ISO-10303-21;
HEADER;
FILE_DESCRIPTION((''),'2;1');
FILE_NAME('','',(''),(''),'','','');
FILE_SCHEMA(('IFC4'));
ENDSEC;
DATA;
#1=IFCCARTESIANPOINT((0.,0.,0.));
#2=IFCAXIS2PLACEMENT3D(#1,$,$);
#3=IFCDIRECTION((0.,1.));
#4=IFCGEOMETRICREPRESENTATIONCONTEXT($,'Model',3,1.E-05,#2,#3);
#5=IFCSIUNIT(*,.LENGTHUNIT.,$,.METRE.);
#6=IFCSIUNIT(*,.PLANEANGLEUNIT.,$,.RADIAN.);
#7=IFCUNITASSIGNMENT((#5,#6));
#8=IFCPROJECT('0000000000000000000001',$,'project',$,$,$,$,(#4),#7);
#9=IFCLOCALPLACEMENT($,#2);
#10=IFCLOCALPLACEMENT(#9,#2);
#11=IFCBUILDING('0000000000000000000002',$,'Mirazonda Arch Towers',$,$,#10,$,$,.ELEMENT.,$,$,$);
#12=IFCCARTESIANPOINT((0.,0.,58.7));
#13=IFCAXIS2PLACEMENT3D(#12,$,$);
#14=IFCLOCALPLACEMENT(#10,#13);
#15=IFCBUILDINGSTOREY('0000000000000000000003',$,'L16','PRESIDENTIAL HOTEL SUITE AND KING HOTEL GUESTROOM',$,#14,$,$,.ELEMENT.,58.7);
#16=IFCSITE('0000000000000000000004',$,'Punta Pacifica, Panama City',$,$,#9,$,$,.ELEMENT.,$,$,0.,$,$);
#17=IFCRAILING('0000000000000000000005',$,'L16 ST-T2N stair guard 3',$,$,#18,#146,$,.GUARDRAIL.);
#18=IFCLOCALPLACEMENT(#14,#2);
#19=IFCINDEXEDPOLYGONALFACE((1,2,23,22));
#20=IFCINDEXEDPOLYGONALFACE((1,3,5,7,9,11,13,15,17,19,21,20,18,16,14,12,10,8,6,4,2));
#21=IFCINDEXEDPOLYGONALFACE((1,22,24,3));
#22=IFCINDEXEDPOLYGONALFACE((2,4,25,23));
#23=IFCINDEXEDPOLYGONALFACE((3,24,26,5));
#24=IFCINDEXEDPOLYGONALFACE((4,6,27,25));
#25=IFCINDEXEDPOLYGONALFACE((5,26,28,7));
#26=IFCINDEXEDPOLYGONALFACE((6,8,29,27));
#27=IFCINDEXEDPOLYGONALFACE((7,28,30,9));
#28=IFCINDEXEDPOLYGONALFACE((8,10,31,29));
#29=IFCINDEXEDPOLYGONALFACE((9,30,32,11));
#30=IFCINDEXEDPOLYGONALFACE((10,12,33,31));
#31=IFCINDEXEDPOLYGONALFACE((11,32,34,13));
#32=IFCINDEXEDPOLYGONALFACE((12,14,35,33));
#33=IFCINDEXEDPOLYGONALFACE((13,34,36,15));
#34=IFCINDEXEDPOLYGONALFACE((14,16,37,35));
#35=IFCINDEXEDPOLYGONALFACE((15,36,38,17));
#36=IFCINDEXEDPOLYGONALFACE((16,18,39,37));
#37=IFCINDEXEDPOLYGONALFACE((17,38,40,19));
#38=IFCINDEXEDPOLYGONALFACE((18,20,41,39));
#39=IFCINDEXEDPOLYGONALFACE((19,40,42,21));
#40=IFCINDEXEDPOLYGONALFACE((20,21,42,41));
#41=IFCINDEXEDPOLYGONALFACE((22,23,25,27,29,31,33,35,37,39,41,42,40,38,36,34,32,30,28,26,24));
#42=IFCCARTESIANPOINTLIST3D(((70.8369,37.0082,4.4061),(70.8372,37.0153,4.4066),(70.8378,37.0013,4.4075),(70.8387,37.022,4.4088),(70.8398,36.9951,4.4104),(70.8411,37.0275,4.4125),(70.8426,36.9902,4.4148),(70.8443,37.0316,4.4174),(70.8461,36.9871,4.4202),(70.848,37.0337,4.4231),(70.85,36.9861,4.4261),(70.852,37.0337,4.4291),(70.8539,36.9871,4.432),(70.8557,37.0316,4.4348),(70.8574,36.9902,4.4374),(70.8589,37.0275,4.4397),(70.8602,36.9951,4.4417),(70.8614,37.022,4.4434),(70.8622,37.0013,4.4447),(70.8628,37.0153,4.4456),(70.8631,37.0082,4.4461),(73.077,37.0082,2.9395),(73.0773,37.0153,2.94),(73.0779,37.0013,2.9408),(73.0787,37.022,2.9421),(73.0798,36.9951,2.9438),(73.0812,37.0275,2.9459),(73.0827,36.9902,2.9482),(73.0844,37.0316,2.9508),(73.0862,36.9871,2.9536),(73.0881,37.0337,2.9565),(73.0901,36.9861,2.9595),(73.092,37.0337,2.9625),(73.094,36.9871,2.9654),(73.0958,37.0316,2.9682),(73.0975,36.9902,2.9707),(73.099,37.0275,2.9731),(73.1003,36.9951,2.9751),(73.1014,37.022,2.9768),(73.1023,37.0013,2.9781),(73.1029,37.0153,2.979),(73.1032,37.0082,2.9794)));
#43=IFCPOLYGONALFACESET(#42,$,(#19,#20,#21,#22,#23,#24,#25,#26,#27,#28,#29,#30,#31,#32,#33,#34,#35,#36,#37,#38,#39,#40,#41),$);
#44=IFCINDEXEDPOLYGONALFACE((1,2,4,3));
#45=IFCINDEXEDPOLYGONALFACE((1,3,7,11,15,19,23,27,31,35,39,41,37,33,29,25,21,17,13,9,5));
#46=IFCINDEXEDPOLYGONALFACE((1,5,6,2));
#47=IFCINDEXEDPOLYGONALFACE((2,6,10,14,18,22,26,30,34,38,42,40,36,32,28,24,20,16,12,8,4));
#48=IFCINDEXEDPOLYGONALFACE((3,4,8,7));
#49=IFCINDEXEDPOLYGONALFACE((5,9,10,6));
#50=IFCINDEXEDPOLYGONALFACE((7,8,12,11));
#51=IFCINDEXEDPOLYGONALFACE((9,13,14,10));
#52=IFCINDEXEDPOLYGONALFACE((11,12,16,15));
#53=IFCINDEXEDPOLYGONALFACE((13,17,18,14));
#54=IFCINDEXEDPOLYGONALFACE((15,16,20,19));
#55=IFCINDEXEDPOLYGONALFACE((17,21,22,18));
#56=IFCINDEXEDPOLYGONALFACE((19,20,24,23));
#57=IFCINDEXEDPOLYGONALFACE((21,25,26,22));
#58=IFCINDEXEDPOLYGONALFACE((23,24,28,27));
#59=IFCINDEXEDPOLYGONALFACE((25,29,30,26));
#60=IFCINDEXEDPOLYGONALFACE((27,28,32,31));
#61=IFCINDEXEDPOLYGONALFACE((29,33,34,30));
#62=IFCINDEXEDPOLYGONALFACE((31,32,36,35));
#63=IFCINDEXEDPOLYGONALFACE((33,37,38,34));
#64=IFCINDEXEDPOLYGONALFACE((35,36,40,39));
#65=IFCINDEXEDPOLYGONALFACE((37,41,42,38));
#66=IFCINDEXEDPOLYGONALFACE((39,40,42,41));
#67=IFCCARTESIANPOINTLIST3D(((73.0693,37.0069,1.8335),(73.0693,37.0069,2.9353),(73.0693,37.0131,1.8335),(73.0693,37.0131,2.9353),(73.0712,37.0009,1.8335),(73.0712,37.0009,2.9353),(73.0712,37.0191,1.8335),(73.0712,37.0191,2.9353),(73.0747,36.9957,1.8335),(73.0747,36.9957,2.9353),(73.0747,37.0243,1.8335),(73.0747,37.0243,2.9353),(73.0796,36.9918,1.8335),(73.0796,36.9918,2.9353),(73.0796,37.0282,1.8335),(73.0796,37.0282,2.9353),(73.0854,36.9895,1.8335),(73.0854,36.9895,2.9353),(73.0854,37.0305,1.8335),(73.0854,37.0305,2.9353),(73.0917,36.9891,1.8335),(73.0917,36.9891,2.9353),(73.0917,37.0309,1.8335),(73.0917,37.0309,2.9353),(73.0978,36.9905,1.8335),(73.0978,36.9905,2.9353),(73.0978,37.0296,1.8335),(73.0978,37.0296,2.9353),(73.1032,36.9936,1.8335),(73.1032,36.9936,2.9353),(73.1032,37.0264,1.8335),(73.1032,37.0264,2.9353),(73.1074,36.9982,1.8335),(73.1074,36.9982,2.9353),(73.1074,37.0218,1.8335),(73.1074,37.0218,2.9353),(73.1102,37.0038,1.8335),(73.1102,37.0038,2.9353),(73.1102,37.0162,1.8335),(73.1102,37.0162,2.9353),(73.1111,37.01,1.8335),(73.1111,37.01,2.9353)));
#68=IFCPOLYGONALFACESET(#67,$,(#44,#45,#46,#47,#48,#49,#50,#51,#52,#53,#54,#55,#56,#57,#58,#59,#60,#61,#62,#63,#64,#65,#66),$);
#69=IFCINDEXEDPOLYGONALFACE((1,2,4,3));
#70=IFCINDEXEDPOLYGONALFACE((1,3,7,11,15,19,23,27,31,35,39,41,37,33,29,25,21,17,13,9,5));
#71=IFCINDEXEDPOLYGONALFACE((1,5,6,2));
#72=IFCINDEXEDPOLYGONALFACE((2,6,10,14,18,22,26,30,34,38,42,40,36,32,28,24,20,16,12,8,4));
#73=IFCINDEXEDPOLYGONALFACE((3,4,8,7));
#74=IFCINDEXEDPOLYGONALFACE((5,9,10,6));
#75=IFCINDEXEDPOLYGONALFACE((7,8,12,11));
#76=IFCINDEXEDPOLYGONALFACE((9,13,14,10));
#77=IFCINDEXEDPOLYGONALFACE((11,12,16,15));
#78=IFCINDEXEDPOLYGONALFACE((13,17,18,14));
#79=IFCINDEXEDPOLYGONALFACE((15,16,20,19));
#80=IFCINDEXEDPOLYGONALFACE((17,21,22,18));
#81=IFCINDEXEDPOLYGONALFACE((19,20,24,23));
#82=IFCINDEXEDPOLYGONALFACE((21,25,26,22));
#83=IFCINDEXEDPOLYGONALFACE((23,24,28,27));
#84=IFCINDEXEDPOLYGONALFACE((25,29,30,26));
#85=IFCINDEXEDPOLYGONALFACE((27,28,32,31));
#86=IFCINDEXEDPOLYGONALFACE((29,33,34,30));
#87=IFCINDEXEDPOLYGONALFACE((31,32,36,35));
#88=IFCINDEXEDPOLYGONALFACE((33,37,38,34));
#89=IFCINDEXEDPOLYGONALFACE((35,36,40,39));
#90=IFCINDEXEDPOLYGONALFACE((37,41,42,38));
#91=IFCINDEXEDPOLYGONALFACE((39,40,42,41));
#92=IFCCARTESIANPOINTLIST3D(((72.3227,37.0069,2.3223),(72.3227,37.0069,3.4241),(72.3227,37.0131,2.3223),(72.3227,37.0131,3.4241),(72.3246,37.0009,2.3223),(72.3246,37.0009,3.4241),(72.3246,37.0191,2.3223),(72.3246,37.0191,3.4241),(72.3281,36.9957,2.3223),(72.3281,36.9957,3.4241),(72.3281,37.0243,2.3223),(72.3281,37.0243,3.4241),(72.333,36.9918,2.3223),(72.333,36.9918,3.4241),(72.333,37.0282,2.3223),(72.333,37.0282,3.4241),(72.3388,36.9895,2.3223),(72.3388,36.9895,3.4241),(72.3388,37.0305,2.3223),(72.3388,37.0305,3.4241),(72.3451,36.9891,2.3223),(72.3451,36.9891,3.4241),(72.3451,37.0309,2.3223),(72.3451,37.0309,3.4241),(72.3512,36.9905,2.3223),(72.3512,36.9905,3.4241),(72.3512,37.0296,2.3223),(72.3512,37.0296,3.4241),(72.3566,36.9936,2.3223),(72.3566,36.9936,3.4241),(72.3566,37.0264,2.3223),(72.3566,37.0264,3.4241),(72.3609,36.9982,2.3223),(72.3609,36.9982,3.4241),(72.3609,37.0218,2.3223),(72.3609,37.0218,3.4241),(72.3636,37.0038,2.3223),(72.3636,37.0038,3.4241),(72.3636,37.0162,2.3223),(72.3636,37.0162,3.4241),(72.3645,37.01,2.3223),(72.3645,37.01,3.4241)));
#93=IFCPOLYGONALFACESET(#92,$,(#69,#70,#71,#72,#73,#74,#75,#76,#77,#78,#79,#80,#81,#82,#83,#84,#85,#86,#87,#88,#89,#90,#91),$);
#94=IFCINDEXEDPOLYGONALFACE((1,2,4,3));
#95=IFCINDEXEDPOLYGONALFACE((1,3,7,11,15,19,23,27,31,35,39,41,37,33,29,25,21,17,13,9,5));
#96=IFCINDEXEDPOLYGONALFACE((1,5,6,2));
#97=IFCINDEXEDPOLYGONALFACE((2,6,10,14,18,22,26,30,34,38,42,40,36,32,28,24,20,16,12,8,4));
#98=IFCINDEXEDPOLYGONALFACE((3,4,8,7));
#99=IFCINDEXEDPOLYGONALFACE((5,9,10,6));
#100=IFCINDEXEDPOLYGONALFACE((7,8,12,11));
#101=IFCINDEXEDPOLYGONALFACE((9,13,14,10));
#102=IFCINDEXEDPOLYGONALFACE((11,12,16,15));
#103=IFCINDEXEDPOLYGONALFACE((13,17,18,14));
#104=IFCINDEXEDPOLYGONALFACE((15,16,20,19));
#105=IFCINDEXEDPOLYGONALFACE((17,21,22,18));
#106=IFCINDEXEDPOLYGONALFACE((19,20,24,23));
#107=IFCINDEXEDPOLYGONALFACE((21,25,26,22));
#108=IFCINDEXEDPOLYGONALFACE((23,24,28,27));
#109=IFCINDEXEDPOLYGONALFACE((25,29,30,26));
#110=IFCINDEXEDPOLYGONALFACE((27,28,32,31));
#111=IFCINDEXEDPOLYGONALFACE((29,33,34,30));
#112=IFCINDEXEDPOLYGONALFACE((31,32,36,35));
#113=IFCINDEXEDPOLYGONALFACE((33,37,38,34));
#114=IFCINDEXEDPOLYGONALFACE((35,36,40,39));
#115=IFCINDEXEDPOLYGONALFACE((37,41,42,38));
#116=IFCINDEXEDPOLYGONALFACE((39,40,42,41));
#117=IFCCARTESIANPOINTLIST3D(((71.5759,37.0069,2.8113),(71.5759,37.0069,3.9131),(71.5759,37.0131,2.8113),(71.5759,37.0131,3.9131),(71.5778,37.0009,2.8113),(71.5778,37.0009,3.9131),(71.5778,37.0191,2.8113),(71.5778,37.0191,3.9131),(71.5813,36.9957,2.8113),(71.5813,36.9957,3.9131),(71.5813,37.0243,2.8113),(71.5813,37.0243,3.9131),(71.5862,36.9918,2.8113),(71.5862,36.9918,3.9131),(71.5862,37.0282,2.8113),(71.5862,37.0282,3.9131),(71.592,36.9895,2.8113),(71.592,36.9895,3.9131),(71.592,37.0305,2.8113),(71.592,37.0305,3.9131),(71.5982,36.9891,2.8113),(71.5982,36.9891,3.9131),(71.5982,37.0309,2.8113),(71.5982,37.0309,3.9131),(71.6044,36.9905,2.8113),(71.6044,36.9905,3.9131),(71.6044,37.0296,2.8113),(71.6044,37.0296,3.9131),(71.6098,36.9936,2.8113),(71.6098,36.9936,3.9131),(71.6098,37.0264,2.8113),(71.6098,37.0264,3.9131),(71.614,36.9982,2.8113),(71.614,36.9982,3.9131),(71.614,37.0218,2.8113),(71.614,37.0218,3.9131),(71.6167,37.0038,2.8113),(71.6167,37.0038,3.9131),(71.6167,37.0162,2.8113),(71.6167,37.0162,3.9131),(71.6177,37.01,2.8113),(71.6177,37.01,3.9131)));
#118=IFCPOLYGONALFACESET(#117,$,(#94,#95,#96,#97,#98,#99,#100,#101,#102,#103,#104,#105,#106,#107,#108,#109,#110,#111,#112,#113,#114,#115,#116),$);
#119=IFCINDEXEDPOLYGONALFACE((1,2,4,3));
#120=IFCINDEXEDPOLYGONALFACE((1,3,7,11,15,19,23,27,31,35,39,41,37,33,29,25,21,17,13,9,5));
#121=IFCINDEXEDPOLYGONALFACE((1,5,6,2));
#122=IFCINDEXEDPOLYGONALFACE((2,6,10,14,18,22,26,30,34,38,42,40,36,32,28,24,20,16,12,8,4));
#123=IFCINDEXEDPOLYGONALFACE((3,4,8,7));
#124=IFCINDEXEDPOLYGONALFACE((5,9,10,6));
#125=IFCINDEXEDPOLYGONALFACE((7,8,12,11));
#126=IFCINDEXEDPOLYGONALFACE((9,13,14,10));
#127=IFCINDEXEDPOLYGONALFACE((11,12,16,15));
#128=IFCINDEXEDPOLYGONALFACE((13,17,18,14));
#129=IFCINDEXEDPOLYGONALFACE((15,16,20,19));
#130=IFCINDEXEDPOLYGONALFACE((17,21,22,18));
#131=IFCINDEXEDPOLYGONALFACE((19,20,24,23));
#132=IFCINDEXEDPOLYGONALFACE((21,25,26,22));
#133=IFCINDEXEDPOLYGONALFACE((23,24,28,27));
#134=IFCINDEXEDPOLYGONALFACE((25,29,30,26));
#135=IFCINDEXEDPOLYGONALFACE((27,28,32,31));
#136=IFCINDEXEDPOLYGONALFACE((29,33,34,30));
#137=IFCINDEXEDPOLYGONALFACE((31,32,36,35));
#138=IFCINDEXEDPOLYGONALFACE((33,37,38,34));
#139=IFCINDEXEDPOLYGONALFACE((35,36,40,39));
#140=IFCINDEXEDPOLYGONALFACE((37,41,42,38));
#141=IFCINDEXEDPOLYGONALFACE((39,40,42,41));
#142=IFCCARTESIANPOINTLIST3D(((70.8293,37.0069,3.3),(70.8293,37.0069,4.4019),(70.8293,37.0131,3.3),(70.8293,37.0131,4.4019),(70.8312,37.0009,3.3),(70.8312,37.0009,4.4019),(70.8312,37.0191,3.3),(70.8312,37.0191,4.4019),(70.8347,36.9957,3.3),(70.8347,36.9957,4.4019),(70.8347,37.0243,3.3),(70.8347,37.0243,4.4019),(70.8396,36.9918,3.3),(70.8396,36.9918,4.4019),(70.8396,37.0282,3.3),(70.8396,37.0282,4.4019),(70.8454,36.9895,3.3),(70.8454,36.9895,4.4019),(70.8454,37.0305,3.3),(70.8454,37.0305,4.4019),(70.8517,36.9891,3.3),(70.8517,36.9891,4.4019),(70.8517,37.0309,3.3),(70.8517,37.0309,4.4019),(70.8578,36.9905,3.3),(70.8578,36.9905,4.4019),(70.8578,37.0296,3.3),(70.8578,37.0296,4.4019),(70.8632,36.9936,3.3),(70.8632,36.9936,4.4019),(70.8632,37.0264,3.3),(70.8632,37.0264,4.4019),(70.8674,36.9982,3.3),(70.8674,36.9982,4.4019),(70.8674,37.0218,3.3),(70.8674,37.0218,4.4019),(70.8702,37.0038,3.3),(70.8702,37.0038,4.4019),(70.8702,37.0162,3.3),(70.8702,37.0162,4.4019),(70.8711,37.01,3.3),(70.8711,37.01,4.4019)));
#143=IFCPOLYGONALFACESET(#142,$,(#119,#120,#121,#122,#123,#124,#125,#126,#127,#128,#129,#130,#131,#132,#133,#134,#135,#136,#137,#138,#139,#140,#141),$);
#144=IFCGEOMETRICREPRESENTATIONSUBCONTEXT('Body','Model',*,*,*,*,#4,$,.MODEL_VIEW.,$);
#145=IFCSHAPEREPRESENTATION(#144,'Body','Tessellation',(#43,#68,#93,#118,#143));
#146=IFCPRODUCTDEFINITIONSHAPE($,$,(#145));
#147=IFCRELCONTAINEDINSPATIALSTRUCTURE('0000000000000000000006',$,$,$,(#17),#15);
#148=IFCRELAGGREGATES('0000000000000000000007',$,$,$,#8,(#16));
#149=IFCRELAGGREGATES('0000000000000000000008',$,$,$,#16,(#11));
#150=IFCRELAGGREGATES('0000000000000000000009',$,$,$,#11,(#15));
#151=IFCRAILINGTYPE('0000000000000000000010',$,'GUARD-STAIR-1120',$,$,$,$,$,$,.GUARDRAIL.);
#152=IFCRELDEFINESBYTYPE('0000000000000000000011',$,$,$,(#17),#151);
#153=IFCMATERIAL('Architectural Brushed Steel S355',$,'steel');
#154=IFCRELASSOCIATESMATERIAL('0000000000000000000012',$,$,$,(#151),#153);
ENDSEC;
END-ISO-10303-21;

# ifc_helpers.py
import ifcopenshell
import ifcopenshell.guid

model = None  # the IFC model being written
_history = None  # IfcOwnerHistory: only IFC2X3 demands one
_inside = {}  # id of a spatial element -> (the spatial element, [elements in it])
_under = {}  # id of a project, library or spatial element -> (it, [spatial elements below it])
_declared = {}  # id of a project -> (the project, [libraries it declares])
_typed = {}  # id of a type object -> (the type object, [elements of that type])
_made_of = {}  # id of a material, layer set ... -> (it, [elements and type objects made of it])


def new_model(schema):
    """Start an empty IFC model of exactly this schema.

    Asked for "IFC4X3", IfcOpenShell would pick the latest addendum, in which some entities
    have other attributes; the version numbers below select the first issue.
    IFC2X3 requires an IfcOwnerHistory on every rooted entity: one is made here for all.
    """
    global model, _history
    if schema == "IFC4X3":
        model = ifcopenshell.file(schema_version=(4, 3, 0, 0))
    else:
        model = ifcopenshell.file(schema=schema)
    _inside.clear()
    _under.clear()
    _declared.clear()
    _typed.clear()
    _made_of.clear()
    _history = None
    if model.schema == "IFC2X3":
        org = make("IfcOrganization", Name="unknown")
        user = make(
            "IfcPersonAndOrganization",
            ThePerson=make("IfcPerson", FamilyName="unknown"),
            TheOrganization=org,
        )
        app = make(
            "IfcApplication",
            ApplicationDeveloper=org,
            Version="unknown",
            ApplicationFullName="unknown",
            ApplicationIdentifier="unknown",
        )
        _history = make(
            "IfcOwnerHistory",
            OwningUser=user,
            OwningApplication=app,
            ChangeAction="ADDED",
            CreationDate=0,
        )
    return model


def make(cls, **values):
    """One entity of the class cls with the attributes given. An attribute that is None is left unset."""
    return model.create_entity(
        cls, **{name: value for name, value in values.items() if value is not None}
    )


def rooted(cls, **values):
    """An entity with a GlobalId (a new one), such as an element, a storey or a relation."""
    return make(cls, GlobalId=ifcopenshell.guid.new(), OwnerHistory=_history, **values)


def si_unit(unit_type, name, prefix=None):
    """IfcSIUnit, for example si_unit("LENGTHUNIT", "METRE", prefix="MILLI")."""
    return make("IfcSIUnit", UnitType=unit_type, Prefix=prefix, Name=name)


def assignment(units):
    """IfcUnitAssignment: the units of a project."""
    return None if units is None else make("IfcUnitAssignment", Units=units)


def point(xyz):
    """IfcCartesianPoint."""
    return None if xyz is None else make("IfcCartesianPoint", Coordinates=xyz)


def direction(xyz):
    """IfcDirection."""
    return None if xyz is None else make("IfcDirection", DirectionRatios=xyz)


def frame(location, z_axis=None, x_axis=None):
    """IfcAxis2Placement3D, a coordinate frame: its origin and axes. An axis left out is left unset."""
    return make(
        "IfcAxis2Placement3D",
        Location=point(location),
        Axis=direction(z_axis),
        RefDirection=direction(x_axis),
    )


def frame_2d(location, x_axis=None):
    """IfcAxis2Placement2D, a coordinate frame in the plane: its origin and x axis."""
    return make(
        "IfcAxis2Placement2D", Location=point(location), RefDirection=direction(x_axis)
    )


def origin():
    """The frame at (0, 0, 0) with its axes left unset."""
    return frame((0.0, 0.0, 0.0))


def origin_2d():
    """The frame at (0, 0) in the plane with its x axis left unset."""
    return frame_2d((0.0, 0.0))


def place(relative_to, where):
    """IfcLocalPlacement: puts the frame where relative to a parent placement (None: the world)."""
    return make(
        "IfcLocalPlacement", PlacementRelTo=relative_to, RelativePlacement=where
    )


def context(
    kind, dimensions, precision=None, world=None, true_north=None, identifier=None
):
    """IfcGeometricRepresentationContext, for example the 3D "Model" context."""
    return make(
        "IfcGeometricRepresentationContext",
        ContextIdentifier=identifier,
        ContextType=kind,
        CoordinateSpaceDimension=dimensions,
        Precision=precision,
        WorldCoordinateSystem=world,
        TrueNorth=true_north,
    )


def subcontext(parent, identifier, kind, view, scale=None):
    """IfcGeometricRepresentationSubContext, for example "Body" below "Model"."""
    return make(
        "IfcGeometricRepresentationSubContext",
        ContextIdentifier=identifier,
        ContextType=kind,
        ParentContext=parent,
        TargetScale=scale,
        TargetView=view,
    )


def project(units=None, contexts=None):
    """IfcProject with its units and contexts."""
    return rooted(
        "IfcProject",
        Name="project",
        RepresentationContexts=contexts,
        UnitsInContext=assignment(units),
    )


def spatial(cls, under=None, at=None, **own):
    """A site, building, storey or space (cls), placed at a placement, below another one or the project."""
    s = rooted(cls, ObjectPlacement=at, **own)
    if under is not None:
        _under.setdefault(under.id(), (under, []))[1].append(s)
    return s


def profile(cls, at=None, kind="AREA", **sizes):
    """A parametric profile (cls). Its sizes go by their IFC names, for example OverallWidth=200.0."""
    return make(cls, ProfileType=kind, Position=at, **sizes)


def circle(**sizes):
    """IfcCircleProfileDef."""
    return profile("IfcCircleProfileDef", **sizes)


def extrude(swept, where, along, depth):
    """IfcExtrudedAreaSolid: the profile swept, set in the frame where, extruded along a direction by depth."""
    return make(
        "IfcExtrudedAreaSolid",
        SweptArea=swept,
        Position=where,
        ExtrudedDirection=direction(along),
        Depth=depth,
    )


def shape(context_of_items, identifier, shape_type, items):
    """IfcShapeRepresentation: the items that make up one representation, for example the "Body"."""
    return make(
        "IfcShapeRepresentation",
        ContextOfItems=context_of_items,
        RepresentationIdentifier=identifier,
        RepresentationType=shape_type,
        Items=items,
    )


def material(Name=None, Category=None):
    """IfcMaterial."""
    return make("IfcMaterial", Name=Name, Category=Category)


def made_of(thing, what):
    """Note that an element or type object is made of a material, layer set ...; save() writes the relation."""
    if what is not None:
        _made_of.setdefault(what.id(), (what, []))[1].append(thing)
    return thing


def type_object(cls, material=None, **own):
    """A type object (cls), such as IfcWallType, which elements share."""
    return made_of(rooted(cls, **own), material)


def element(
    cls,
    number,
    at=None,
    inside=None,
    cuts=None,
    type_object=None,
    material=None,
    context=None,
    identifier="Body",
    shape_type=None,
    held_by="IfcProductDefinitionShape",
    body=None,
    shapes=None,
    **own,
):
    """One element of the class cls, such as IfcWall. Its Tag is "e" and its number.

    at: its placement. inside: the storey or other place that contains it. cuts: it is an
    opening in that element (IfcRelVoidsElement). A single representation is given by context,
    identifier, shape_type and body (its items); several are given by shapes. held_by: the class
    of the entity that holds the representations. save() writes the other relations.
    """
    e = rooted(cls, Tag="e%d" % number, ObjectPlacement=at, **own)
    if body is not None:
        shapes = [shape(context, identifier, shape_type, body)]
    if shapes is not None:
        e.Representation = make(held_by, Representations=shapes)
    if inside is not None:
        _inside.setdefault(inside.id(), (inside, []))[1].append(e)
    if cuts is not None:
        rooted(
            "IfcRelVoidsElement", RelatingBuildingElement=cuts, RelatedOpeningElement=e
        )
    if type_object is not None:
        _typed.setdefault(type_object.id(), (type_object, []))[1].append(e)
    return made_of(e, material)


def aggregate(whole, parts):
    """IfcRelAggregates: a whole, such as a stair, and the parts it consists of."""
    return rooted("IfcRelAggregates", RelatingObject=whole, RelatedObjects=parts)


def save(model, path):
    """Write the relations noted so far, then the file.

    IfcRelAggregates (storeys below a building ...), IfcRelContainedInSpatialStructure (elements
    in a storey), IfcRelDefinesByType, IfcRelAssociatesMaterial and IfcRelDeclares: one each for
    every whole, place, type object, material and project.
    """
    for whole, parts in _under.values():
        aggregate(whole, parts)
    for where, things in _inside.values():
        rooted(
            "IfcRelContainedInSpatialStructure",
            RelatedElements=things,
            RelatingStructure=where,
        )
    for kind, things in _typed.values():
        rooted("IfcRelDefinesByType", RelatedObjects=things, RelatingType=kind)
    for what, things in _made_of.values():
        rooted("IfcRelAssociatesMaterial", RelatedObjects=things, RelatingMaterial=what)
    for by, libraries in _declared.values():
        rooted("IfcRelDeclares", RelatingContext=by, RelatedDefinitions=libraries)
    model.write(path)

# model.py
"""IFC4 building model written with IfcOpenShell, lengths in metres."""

from ifc_helpers import new_model, si_unit, direction, frame, origin, origin_2d, place, context, subcontext, project, spatial, circle, extrude, material, type_object, element, save


model = new_model("IFC4")

# Units and contexts
model_context = context("Model", 3, precision=1e-05, world=origin(), true_north=direction((0.0, 1.0)))
body_context = subcontext(model_context, "Body", "Model", "MODEL_VIEW")
ifc_project = project(units=[si_unit("LENGTHUNIT", "METRE"), si_unit("PLANEANGLEUNIT", "RADIAN")], contexts=[model_context])

# Site, building, storey
site_placement = place(None, origin())
site = spatial("IfcSite", under=ifc_project, at=site_placement, Name="Punta Pacifica, Panama City", CompositionType="ELEMENT", RefElevation=0.0)
building_placement = place(site_placement, origin())
building = spatial("IfcBuilding", under=site, at=building_placement, Name="Mirazonda Arch Towers", CompositionType="ELEMENT")
storey_placement = place(building_placement, frame((0.0, 0.0, 58.7)))
storey = spatial("IfcBuildingStorey", under=building, at=storey_placement, Name="L16", Description="PRESIDENTIAL HOTEL SUITE AND KING HOTEL GUESTROOM", CompositionType="ELEMENT", Elevation=58.7)

# Shared definitions
ifc_material_1 = material(Name="Architectural Brushed Steel S355", Category="steel")

# Railing
railing_type_1 = type_object("IfcRailingType", Name="GUARD-STAIR-1120", PredefinedType="GUARDRAIL", material=ifc_material_1)
railing_1_placement = place(storey_placement, frame((73.0901, 37.01, 1.8335)))
element("IfcRailing", 1, at=railing_1_placement, inside=storey, type_object=railing_type_1, Name="L16 ST-T2N stair guard 3", PredefinedType="GUARDRAIL", context=body_context, shape_type="SweptSolid", body=[
    extrude(circle(Radius=0.0239, at=origin_2d()), frame((0.0, 0.0, 1.126), z_axis=(-0.836637, 0.0, 0.547758), x_axis=(0.0, -1.0, 0.0)), (0.0, 0.0, 1.0), 2.6775),
    extrude(circle(Radius=0.021, at=origin_2d()), origin(), (0.0, 0.0, 1.0), 1.1018),
    extrude(circle(Radius=0.021, at=origin_2d()), frame((-0.7466, 0.0, 0.4888)), (0.0, 0.0, 1.0), 1.1018),
    extrude(circle(Radius=0.021, at=origin_2d()), frame((-1.4934, 0.0, 0.9778)), (0.0, 0.0, 1.0), 1.1018),
    extrude(circle(Radius=0.021, at=origin_2d()), frame((-2.24, 0.0, 1.4666)), (0.0, 0.0, 1.0), 1.1018),
])

save(model, "model.ifc")
